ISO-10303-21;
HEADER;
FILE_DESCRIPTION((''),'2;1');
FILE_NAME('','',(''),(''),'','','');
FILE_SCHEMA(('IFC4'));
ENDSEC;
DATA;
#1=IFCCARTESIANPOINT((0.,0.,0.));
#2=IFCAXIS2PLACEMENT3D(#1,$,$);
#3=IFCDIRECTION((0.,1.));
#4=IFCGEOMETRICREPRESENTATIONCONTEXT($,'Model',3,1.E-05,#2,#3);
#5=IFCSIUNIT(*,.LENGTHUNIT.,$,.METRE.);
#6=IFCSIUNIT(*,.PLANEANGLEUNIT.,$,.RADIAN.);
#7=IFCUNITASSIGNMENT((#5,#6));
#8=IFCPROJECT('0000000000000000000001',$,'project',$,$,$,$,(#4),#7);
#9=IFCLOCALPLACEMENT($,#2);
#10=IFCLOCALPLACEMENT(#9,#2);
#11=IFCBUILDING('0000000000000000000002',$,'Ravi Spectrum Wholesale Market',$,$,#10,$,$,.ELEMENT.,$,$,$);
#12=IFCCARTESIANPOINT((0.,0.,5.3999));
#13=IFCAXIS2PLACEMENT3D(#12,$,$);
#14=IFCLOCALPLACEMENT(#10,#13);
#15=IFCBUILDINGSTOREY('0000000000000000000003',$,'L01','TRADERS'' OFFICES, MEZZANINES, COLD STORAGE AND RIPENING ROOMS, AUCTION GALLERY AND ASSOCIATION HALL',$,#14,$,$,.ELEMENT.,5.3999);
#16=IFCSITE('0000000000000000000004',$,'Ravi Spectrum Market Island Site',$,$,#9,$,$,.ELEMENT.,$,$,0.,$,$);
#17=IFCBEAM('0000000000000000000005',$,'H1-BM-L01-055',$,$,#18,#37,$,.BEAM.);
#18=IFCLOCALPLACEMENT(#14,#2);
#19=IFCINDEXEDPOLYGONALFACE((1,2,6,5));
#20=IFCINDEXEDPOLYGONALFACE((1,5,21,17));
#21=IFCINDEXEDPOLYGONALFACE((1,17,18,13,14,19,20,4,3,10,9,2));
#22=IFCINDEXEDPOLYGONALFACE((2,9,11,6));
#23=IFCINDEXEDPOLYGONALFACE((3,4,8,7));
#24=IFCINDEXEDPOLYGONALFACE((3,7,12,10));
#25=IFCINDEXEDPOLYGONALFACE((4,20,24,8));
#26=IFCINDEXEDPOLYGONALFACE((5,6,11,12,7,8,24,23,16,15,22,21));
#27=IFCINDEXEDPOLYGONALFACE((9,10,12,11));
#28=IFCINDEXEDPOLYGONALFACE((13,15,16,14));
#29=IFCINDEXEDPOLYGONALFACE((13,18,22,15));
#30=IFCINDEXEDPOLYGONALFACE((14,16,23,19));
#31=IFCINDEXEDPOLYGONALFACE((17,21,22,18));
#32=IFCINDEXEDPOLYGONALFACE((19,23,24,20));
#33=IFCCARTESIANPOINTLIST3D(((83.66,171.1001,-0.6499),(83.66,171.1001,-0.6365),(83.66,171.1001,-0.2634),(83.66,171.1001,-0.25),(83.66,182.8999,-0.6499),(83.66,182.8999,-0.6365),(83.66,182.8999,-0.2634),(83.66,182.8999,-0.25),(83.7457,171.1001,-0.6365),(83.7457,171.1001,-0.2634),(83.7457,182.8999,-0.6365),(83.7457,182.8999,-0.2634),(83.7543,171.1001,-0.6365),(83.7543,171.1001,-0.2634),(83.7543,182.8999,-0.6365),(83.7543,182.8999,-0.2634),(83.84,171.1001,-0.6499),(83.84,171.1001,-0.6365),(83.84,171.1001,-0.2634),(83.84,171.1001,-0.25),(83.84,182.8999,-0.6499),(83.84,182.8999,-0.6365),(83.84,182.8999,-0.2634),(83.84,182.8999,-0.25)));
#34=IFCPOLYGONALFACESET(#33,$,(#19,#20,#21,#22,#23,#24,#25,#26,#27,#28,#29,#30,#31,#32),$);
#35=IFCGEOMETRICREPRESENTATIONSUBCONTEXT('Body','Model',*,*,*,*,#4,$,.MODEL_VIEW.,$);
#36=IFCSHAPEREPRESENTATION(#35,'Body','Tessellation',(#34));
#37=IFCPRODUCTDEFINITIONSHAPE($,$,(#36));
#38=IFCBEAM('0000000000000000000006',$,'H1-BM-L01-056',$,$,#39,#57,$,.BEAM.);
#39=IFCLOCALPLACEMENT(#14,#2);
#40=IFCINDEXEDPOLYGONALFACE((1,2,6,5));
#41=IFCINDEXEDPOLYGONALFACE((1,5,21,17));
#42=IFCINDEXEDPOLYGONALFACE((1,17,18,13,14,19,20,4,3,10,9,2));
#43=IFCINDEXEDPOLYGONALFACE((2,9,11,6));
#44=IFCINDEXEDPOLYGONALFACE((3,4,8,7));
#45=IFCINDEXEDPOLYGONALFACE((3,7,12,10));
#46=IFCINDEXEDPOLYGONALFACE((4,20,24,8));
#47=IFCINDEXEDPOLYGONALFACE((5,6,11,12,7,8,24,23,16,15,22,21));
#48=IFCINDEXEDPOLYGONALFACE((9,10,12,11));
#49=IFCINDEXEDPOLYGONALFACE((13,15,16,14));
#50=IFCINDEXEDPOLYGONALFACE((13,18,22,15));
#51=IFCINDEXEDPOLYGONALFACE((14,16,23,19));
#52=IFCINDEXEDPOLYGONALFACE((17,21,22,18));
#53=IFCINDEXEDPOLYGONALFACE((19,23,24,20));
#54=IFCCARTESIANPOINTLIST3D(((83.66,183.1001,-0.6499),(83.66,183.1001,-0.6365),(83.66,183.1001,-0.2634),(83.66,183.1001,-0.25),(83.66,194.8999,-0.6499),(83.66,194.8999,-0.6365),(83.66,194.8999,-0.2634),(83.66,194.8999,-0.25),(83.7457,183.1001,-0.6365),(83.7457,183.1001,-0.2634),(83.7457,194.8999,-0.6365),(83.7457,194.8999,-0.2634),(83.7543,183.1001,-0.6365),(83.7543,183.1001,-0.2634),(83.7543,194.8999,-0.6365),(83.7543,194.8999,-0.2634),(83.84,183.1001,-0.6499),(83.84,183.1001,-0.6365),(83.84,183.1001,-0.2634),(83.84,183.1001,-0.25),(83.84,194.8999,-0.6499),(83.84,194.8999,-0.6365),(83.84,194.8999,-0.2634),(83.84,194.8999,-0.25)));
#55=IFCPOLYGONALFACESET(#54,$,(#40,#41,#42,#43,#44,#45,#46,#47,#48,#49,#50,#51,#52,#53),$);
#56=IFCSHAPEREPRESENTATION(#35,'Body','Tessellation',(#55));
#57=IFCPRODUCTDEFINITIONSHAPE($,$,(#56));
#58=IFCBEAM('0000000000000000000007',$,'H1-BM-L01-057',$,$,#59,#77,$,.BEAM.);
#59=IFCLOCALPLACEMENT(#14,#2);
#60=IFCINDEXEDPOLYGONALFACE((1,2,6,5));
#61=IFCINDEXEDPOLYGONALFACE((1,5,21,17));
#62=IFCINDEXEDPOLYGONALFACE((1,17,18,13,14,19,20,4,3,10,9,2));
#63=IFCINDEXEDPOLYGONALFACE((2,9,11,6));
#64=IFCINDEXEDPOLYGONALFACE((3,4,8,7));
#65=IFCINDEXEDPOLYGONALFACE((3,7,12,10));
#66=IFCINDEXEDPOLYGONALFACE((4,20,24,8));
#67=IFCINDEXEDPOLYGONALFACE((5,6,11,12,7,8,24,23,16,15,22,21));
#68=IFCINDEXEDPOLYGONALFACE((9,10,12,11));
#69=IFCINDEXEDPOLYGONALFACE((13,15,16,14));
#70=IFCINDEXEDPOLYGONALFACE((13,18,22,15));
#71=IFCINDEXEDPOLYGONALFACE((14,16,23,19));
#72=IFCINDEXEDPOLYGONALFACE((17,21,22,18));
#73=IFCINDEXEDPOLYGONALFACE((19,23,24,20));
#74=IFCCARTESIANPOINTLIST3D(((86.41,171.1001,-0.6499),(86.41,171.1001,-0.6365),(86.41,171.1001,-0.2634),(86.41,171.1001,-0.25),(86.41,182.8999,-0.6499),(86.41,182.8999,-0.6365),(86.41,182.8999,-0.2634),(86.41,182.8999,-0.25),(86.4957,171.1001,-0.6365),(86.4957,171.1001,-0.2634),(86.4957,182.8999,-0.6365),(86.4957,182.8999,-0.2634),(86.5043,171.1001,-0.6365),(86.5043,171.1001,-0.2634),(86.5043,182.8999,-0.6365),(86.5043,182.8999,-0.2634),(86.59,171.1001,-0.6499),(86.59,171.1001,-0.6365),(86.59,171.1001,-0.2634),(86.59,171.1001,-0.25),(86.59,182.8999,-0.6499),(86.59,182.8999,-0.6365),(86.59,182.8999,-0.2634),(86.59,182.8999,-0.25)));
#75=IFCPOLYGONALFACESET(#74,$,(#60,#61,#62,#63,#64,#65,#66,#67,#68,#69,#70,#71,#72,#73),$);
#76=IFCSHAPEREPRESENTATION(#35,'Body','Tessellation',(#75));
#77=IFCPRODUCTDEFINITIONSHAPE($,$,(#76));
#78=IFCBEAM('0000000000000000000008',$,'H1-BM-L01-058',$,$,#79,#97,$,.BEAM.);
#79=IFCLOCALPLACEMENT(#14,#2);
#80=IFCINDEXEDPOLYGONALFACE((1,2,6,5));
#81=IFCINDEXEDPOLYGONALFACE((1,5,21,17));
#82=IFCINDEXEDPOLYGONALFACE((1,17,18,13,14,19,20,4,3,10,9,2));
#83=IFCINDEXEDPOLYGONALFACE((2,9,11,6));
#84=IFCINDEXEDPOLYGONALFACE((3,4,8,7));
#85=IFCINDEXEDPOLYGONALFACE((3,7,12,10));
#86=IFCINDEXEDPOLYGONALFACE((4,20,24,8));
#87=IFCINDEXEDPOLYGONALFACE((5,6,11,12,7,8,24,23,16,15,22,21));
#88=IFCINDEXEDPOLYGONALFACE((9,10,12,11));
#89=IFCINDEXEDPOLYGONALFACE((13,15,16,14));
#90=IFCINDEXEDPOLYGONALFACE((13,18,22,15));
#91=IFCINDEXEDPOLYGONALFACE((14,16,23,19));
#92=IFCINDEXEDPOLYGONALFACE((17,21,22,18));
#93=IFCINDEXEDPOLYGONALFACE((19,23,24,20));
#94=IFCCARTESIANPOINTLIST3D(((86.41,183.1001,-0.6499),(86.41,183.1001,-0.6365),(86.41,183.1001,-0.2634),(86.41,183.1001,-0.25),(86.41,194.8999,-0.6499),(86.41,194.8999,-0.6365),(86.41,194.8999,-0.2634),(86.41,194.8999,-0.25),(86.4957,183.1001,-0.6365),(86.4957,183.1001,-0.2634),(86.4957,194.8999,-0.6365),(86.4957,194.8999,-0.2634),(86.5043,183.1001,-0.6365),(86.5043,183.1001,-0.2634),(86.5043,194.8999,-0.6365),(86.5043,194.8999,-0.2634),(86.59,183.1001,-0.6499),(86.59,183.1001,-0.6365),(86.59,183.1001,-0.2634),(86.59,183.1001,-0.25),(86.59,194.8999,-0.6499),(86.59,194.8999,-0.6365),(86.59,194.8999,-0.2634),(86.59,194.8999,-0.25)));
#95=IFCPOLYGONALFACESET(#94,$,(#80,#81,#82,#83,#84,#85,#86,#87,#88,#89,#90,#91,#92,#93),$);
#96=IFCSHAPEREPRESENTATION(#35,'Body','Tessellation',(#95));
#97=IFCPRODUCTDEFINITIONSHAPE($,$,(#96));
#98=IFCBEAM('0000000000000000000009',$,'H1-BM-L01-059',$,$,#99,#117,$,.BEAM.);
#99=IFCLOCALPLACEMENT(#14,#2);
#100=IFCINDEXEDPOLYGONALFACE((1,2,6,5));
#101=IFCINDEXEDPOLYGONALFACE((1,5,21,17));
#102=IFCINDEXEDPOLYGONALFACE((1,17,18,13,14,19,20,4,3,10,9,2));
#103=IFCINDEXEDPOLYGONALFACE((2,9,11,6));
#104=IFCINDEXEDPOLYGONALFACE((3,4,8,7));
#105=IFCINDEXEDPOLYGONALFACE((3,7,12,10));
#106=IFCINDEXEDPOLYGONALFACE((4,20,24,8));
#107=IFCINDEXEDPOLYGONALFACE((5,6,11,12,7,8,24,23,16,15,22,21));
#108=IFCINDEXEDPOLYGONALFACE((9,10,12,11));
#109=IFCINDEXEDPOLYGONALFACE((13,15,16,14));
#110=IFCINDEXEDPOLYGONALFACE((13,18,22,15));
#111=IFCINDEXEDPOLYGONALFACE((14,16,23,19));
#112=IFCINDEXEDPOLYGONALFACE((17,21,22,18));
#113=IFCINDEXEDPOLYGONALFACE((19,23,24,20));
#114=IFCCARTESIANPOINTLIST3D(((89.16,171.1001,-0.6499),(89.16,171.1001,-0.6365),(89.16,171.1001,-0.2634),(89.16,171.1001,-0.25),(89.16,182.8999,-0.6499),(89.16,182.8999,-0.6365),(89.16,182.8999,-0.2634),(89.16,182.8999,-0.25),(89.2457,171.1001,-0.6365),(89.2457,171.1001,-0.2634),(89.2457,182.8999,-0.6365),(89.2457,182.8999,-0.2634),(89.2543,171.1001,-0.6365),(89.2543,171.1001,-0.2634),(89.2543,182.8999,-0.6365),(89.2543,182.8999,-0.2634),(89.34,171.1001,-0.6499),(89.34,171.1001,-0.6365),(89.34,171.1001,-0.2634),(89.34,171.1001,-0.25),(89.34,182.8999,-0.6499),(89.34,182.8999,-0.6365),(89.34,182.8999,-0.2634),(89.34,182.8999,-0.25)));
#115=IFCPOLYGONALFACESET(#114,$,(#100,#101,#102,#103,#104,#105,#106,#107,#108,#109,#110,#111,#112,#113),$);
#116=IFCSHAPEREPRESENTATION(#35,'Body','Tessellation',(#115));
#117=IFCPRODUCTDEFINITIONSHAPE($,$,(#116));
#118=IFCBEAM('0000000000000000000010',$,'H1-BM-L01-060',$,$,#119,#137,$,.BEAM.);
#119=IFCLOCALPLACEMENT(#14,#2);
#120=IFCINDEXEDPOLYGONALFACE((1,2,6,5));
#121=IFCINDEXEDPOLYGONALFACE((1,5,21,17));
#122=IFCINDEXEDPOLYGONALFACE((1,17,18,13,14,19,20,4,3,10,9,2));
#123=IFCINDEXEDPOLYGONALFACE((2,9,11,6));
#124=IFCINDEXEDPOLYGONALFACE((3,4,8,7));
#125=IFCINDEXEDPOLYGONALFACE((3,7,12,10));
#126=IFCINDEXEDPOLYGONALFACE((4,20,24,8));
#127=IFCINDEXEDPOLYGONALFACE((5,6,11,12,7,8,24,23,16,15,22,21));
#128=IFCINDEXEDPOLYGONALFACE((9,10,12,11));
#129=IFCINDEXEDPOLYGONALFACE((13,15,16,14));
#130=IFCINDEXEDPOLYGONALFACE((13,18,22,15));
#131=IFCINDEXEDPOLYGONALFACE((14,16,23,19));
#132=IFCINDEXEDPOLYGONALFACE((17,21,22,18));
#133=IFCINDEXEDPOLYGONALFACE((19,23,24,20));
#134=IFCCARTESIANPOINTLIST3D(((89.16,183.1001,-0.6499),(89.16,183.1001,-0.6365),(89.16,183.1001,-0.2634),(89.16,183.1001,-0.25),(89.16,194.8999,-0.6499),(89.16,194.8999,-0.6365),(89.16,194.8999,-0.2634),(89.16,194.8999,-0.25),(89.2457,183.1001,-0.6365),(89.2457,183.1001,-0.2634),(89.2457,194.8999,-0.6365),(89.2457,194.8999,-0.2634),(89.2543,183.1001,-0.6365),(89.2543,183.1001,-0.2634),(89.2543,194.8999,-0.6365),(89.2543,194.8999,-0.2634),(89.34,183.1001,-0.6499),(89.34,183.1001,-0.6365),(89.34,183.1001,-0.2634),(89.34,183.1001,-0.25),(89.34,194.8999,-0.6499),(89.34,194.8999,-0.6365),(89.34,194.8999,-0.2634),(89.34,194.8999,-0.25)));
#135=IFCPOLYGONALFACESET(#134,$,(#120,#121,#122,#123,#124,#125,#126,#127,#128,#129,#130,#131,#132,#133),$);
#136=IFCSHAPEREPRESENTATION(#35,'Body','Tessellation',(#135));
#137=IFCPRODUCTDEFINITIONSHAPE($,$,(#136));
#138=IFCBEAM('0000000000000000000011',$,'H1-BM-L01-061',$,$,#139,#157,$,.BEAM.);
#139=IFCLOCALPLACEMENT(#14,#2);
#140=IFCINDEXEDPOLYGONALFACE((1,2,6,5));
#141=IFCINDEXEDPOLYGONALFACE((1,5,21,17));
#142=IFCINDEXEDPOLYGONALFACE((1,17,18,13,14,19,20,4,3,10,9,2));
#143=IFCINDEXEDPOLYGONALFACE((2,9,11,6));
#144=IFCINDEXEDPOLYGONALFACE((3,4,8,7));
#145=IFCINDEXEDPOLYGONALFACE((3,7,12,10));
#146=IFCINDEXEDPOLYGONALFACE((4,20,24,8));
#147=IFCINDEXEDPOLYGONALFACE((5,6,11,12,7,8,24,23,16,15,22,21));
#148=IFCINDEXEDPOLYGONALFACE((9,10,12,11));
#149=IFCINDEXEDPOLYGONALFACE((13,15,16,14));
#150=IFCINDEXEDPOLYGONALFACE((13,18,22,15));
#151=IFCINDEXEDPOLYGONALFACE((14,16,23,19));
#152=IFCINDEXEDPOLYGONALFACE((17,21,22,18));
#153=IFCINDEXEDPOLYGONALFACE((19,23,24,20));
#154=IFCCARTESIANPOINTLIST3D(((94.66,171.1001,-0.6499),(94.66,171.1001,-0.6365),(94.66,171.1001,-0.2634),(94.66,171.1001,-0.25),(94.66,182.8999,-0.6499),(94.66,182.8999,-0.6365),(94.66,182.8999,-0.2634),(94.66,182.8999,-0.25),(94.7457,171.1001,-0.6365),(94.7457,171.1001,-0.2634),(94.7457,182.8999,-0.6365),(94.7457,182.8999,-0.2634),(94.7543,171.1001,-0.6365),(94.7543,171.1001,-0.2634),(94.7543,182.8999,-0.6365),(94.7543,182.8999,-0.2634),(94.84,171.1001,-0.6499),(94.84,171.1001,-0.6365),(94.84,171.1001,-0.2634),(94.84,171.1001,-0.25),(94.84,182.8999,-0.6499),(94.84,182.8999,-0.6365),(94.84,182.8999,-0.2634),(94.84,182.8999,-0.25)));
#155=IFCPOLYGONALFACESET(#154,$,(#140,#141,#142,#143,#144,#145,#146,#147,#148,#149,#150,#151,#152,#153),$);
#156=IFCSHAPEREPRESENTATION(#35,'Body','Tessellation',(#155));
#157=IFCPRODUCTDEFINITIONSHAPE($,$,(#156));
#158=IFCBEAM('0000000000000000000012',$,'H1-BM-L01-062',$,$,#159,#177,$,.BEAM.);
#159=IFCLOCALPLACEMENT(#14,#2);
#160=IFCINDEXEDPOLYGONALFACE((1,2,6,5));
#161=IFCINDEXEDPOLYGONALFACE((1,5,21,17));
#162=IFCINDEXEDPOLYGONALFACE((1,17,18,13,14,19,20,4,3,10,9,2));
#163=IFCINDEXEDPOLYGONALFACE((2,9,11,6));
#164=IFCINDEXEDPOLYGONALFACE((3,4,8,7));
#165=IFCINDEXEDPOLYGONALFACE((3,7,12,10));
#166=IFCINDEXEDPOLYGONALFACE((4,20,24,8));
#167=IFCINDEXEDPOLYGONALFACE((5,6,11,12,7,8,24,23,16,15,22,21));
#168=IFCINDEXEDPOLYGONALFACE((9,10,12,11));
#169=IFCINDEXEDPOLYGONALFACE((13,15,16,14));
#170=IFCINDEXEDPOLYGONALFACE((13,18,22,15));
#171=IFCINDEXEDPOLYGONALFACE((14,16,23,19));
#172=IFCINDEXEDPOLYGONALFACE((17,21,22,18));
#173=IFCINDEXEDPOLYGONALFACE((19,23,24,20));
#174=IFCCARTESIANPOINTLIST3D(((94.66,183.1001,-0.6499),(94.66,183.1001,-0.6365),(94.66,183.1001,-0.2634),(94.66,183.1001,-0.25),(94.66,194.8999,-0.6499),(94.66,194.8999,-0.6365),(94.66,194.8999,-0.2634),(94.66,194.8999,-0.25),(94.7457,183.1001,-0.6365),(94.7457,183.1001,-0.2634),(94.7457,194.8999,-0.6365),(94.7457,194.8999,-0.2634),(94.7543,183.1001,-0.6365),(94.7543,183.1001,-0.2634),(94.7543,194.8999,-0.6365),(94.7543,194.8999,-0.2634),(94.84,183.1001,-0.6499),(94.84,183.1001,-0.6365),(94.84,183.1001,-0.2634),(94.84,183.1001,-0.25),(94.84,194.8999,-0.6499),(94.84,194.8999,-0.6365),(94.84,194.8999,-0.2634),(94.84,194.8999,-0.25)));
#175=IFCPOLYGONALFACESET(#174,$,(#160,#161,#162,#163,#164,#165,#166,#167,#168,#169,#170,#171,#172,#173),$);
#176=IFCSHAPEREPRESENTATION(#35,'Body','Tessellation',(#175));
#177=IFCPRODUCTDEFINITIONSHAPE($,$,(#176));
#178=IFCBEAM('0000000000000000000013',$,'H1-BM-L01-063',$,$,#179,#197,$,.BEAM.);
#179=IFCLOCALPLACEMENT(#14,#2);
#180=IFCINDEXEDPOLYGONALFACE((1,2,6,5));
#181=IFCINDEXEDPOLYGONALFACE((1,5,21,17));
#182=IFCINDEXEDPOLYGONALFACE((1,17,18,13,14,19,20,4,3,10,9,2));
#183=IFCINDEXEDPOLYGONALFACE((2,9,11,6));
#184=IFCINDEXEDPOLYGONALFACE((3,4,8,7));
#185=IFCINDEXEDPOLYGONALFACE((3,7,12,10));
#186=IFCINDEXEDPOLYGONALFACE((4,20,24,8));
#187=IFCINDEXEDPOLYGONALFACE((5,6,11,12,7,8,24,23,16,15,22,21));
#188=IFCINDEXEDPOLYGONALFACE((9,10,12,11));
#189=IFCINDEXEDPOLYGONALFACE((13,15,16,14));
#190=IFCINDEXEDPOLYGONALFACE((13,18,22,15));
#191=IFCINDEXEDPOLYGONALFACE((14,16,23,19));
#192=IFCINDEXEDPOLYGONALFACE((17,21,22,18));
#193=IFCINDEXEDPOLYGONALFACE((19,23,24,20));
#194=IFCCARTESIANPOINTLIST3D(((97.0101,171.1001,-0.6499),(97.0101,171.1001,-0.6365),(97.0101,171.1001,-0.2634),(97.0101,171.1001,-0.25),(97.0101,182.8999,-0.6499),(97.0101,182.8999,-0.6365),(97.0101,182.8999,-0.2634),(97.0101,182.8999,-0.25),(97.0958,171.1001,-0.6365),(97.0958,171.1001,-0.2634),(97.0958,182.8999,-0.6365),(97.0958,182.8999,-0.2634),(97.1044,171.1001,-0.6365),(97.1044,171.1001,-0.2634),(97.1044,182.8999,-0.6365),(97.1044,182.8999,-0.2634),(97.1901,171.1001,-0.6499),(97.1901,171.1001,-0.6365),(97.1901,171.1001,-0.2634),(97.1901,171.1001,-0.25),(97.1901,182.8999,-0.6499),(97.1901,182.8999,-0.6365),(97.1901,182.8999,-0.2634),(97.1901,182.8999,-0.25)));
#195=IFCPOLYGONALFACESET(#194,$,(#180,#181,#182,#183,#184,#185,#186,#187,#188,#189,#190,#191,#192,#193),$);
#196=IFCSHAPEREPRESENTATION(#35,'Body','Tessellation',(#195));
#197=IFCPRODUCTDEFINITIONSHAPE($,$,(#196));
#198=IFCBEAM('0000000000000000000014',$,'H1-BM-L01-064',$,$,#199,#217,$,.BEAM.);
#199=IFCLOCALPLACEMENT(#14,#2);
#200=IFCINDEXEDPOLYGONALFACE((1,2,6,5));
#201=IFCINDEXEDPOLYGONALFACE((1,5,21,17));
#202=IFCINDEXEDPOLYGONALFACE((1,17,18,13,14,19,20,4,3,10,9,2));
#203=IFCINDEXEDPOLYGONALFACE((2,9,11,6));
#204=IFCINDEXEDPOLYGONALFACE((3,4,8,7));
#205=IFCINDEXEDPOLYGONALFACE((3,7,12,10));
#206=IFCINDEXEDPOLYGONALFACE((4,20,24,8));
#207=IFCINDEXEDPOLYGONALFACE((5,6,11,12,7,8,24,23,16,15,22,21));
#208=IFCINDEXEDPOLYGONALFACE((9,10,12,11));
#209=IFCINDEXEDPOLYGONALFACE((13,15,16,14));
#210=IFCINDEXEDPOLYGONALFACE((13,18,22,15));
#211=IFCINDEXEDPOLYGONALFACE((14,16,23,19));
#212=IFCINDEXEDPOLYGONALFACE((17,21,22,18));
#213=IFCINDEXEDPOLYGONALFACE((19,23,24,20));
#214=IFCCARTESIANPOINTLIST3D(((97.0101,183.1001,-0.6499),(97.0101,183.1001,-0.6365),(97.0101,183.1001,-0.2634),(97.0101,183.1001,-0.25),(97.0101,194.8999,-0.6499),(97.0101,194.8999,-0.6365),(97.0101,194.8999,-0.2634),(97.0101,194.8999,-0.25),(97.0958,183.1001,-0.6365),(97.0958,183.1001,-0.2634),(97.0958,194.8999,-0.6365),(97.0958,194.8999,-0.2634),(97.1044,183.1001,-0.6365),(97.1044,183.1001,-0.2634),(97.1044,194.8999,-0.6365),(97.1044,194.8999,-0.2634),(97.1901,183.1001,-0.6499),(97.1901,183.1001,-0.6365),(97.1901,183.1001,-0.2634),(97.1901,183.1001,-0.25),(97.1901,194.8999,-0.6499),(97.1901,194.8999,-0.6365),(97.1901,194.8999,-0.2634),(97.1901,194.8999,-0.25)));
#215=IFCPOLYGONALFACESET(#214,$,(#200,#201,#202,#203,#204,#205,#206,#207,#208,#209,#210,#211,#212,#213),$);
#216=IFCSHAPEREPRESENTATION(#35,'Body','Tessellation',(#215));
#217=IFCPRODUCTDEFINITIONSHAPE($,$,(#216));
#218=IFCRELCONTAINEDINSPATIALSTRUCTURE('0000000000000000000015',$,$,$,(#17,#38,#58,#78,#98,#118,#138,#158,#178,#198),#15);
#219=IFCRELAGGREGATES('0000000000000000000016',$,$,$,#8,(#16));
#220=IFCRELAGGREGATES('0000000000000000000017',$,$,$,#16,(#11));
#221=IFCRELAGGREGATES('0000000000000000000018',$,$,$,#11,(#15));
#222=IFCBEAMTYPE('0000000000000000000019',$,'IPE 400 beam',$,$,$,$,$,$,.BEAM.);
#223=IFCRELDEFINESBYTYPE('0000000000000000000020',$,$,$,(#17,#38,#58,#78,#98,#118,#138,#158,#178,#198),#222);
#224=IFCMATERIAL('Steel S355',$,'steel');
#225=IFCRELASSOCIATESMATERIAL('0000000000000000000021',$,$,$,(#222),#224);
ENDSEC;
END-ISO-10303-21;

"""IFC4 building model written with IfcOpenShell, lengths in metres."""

from ifc_helpers import new_model, si_unit, direction, frame, origin, origin_2d, place, context, subcontext, project, spatial, i_section, extrude, material, material_profile, profile_set, type_object, element, save


model = new_model("IFC4")

# Units and contexts
model_context = context("Model", 3, precision=1e-05, world=origin(), true_north=direction((0.0, 1.0)))
body_context = subcontext(model_context, "Body", "Model", "MODEL_VIEW")
ifc_project = project(units=[si_unit("LENGTHUNIT", "METRE"), si_unit("PLANEANGLEUNIT", "RADIAN")], contexts=[model_context])

# Site, building, storey
site_placement = place(None, origin())
site = spatial("IfcSite", under=ifc_project, at=site_placement, Name="Ravi Spectrum Market Island Site", CompositionType="ELEMENT", RefElevation=0.0)
building_placement = place(site_placement, origin())
building = spatial("IfcBuilding", under=site, at=building_placement, Name="Ravi Spectrum Wholesale Market", CompositionType="ELEMENT")
storey_placement = place(building_placement, frame((0.0, 0.0, 5.3999)))
storey = spatial("IfcBuildingStorey", under=building, at=storey_placement, Name="L01", Description="TRADERS' OFFICES, MEZZANINES, COLD STORAGE AND RIPENING ROOMS, AUCTION GALLERY AND ASSOCIATION HALL", CompositionType="ELEMENT", Elevation=5.3999)

# Beams
ifc_material_1 = material(Name="Steel S355", Category="steel")
ifc_material_profile_1 = material_profile(ifc_material_1, i_section(OverallWidth=0.1799, OverallDepth=0.3999, WebThickness=0.0085, FlangeThickness=0.0134, at=origin_2d()))
ifc_profile_set_1 = profile_set([ifc_material_profile_1], Name="Steel S355")
beam_type_1 = type_object("IfcBeamType", Name="IPE 400 beam", PredefinedType="BEAM", material=ifc_profile_set_1)
for number, where, z_axis, x_axis, name in (
    (1, (83.75, 171.1001, -0.45), (0.0, 1.0, 0.0), (-1.0, 0.0, 0.0), "H1-BM-L01-055"),
    (2, (83.75, 183.1001, -0.45), (0.0, 1.0, 0.0), (-1.0, 0.0, 0.0), "H1-BM-L01-056"),
    (3, (86.5, 171.1001, -0.45), (0.0, 1.0, 0.0), (-1.0, 0.0, 0.0), "H1-BM-L01-057"),
    (4, (86.5, 183.1001, -0.45), (0.0, 1.0, 0.0), (-1.0, 0.0, 0.0), "H1-BM-L01-058"),
    (5, (89.25, 171.1001, -0.45), (0.0, 1.0, 0.0), (-1.0, 0.0, 0.0), "H1-BM-L01-059"),
    (6, (89.25, 183.1001, -0.45), (0.0, 1.0, 0.0), (-1.0, 0.0, 0.0), "H1-BM-L01-060"),
    (7, (94.75, 171.1001, -0.45), (0.0, 1.0, 0.0), (-1.0, 0.0, 0.0), "H1-BM-L01-061"),
    (8, (94.75, 183.1001, -0.45), (0.0, 1.0, 0.0), (-1.0, 0.0, 0.0), "H1-BM-L01-062"),
    (9, (97.1001, 171.1001, -0.45), (0.0, 1.0, 0.0), (-1.0, 0.0, 0.0), "H1-BM-L01-063"),
    (10, (97.1001, 183.1001, -0.45), (0.0, 1.0, 0.0), (-1.0, 0.0, 0.0), "H1-BM-L01-064"),
):
    element("IfcBeam", number, at=place(storey_placement, frame(where, z_axis=z_axis, x_axis=x_axis)), inside=storey, type_object=beam_type_1, Name=name, PredefinedType="BEAM", context=body_context, shape_type="SweptSolid", body=[
        extrude(i_section(OverallWidth=0.1799, OverallDepth=0.3999, WebThickness=0.0085, FlangeThickness=0.0134, at=origin_2d()), origin(), (0.0, 0.0, 1.0), 11.7998),
    ])

save(model, "model.ifc")
